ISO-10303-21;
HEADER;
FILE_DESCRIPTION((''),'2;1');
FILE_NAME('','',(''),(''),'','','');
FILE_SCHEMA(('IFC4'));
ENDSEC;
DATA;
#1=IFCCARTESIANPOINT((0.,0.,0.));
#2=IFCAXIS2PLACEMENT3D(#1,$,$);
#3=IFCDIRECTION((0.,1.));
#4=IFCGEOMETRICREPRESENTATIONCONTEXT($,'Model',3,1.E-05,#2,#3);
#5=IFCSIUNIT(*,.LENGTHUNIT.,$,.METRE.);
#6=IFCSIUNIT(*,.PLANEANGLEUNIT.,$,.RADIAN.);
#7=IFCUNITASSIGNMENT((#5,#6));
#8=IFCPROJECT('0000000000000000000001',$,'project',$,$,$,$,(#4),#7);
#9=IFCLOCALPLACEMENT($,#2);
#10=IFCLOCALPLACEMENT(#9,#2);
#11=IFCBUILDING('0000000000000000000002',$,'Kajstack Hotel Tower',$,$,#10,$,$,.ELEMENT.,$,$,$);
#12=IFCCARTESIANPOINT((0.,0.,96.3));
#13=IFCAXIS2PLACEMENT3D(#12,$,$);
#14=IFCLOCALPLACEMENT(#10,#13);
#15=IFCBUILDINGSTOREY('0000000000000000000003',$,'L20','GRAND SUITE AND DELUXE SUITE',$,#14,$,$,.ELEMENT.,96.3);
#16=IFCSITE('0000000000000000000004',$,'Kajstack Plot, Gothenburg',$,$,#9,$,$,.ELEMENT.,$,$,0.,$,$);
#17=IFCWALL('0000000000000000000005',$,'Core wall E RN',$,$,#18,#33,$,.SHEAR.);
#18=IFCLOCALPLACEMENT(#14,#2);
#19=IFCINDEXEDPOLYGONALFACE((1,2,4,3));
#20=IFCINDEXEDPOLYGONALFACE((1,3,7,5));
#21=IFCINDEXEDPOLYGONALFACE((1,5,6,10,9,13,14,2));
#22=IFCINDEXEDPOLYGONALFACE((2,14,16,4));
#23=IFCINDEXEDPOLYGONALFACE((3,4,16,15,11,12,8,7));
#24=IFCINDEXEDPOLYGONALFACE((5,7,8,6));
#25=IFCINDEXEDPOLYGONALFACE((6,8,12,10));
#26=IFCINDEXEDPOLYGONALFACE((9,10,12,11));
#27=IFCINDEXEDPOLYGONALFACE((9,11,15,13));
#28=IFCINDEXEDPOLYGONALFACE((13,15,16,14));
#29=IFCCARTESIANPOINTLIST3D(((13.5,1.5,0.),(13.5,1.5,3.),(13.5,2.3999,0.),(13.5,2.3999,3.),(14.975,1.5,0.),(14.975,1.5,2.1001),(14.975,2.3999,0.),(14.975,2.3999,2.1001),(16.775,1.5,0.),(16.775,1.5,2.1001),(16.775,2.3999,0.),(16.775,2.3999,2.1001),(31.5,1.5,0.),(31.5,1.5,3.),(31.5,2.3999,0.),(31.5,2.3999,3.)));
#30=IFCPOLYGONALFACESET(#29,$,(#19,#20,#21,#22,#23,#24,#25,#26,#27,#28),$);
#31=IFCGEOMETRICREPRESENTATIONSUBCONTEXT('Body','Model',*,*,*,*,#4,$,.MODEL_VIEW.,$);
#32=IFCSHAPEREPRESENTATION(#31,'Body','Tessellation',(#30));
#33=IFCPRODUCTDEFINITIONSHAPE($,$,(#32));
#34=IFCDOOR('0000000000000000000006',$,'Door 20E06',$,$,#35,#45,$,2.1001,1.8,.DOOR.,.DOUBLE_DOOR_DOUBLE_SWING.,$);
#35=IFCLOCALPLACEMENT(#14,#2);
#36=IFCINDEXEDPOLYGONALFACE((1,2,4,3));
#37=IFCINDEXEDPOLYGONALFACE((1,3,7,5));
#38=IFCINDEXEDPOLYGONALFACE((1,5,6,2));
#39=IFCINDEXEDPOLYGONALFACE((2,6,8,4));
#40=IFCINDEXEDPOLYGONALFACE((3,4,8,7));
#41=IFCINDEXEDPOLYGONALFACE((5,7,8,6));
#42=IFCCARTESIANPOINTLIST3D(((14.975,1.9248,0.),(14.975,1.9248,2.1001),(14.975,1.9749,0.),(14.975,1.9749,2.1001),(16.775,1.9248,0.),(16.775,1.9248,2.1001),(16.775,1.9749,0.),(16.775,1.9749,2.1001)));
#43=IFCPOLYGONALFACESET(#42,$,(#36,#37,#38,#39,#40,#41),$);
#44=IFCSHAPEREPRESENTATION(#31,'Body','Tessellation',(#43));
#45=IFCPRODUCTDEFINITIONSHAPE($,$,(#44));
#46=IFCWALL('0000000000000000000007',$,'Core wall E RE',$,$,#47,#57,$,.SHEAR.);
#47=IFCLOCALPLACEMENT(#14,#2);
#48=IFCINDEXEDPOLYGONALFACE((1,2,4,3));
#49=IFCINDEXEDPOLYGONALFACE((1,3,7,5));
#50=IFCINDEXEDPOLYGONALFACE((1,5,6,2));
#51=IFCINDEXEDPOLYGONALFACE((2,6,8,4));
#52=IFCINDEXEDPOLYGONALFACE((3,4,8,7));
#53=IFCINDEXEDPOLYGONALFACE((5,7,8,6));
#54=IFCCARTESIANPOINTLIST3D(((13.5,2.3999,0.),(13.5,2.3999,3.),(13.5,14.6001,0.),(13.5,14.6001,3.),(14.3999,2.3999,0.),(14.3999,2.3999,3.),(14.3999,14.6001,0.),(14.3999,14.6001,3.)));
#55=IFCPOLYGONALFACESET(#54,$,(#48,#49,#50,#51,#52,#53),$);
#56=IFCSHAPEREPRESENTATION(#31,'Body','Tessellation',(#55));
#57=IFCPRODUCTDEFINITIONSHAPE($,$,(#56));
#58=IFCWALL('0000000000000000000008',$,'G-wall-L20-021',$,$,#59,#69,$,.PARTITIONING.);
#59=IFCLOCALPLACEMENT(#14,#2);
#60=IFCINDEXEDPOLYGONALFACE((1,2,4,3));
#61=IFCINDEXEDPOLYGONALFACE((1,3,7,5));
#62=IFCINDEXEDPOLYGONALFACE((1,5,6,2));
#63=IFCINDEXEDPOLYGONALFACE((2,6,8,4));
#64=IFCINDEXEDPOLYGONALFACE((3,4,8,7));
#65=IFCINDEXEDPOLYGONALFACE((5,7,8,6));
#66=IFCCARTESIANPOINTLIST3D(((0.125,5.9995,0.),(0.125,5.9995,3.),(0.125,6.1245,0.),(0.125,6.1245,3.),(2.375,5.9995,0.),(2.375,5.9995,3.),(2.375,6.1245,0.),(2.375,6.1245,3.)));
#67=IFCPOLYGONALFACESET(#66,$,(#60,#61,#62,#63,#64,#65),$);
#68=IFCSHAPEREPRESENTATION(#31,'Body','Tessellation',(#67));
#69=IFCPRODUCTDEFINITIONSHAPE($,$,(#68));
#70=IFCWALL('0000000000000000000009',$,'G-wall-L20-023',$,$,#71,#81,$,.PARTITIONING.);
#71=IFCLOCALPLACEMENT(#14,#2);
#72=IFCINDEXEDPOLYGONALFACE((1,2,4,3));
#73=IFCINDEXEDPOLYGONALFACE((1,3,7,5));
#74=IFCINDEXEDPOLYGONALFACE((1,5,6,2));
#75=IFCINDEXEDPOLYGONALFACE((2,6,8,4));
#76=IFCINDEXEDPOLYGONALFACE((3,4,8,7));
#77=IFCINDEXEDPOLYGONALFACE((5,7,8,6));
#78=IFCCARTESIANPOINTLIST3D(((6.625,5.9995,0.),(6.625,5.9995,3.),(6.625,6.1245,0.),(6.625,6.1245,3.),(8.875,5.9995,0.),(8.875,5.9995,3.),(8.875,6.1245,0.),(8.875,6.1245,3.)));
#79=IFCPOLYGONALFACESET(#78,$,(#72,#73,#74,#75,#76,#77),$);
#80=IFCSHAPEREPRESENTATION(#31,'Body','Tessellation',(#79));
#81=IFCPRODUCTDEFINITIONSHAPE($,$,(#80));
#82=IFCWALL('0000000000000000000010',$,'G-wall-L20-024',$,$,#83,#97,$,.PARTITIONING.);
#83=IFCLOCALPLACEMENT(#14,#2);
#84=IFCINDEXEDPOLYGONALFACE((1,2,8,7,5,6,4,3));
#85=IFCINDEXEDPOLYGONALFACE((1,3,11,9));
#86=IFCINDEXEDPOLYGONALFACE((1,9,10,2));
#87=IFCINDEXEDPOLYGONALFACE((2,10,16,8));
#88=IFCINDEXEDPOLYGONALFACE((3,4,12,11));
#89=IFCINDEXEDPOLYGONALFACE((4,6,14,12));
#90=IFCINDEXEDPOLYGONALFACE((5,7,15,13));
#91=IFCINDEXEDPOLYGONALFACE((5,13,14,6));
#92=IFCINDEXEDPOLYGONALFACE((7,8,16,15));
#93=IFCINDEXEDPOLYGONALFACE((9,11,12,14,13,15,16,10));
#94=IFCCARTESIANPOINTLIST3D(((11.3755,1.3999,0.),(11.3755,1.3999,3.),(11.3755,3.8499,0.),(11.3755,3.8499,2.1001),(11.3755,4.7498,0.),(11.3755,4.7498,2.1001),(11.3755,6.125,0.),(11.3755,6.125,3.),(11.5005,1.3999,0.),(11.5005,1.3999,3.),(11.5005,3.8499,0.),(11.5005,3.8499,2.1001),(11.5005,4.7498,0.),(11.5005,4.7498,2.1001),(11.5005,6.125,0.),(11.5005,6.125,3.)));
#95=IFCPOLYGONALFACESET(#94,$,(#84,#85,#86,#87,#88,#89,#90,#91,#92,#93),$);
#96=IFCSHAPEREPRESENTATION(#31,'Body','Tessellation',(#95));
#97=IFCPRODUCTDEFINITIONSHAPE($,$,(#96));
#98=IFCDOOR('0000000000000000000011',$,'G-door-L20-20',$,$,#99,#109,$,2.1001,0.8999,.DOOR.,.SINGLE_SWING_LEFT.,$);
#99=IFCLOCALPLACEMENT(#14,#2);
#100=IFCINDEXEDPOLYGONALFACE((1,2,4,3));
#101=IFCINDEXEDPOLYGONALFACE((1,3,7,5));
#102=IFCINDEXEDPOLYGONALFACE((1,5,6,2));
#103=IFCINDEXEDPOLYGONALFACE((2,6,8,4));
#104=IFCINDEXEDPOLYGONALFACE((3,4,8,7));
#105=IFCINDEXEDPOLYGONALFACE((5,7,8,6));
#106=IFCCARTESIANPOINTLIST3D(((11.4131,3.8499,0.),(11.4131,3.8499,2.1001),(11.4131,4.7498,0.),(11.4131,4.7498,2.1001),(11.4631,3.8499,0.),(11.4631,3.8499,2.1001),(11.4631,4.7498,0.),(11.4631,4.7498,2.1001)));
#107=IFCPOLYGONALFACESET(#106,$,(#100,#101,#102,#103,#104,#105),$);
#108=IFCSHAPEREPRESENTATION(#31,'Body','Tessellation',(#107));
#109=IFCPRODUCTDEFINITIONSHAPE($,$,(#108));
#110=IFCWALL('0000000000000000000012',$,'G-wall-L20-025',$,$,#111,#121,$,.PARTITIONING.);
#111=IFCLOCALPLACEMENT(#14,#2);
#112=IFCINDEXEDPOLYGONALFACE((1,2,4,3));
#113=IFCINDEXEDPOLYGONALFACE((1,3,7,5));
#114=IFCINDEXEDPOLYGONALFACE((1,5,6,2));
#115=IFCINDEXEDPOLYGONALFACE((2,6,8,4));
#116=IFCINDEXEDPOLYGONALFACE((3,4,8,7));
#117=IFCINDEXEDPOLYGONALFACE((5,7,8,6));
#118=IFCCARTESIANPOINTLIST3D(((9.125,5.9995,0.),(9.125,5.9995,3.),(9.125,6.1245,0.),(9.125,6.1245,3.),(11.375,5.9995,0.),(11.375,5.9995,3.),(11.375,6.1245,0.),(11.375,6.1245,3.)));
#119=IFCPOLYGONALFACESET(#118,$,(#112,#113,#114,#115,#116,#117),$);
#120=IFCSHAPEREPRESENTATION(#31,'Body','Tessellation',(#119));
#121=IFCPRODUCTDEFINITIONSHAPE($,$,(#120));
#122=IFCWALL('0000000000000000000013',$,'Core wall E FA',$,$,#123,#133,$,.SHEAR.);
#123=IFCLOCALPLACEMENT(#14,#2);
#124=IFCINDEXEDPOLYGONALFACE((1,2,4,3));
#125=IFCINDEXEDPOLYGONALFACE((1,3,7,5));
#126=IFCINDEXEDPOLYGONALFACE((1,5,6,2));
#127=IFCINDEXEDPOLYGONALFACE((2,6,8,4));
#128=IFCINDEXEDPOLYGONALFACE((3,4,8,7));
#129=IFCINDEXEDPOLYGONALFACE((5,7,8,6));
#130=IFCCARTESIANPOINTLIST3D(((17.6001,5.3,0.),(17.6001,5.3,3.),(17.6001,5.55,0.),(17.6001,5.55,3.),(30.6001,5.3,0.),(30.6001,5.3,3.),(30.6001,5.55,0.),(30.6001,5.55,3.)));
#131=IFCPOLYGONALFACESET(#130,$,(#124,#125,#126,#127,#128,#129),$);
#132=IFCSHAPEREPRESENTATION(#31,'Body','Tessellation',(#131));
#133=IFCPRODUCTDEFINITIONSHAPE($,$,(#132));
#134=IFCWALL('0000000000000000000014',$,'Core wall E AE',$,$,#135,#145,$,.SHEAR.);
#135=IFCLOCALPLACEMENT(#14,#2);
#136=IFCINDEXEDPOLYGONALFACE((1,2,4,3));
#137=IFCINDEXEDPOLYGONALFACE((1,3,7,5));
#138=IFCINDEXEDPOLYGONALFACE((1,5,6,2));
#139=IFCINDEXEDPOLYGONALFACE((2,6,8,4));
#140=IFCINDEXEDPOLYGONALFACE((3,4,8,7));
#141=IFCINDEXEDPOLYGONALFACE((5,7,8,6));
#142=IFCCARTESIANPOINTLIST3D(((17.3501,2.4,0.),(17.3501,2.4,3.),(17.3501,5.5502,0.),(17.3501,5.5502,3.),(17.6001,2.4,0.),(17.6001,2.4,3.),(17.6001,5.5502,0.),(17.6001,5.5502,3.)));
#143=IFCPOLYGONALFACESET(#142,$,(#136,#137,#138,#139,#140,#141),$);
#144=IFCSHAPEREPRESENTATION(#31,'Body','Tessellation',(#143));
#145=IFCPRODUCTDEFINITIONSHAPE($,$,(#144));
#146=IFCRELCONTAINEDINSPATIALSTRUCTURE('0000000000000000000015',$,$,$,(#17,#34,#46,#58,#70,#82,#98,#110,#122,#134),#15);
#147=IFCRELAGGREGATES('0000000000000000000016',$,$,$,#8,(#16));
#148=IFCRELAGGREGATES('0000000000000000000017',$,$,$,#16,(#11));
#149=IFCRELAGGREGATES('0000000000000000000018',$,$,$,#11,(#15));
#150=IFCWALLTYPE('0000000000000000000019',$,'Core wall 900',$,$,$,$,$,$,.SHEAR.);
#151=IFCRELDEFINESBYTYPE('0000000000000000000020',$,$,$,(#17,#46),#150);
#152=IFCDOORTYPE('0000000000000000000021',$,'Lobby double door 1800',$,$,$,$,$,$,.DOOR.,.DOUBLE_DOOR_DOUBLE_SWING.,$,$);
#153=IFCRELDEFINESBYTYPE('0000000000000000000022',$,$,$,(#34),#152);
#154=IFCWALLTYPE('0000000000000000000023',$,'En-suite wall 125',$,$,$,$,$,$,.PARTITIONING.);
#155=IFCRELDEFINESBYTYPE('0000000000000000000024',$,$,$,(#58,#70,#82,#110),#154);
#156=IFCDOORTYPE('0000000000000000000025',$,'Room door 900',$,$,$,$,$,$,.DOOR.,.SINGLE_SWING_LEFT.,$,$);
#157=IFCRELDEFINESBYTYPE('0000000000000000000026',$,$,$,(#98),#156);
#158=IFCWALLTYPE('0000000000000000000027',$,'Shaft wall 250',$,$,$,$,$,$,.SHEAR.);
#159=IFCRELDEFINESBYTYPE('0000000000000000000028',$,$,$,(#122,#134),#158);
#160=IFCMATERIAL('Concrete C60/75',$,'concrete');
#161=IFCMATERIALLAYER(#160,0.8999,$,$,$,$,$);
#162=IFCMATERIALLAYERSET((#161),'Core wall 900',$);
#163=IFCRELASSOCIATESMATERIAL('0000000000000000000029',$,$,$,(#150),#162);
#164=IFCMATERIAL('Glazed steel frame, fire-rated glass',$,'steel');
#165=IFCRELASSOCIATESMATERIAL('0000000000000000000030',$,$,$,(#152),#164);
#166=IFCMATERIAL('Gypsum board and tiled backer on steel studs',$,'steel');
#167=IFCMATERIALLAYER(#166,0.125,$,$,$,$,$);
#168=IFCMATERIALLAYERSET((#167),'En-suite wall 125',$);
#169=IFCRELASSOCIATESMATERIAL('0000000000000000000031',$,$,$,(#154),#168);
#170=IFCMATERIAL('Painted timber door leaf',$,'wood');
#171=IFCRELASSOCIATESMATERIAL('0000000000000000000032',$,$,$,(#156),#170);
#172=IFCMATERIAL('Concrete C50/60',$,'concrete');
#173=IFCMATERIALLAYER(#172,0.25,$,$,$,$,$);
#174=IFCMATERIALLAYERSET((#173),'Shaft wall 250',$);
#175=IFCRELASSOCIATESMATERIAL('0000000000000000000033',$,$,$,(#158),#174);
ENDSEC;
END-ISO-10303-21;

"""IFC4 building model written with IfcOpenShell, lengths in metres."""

from ifc_helpers import new_model, si_unit, direction, frame, frame_2d, origin, place, context, subcontext, project, spatial, rectangle, extrude, material, layer, layer_set, type_object, element, fill, save


model = new_model("IFC4")

# Units and contexts
model_context = context("Model", 3, precision=1e-05, world=origin(), true_north=direction((0.0, 1.0)))
body_context = subcontext(model_context, "Body", "Model", "MODEL_VIEW")
ifc_project = project(units=[si_unit("LENGTHUNIT", "METRE"), si_unit("PLANEANGLEUNIT", "RADIAN")], contexts=[model_context])

# Site, building, storey
site_placement = place(None, origin())
site = spatial("IfcSite", under=ifc_project, at=site_placement, Name="Kajstack Plot, Gothenburg", CompositionType="ELEMENT", RefElevation=0.0)
building_placement = place(site_placement, origin())
building = spatial("IfcBuilding", under=site, at=building_placement, Name="Kajstack Hotel Tower", CompositionType="ELEMENT")
storey_placement = place(building_placement, frame((0.0, 0.0, 96.3)))
storey = spatial("IfcBuildingStorey", under=building, at=storey_placement, Name="L20", Description="GRAND SUITE AND DELUXE SUITE", CompositionType="ELEMENT", Elevation=96.3)

# Wall, opening, door
ifc_material_1 = material(Name="Concrete C60/75", Category="concrete")
ifc_layer_1 = layer(ifc_material_1, 0.8999)
ifc_layer_set_1 = layer_set([ifc_layer_1], Name="Core wall 900")
wall_type_1 = type_object("IfcWallType", Name="Core wall 900", PredefinedType="SHEAR", material=ifc_layer_set_1)
wall_1_placement = place(storey_placement, frame((13.5, 1.95, 0.0), z_axis=(0.0, 0.0, 1.0), x_axis=(1.0, 0.0, 0.0)))
wall_1 = element("IfcWall", 1, at=wall_1_placement, inside=storey, type_object=wall_type_1, Name="Core wall E RN", PredefinedType="SHEAR", context=body_context, shape_type="SweptSolid", body=[
    extrude(rectangle(XDim=18.0, YDim=0.8999, at=frame_2d((9.0, 0.0))), origin(), (0.0, 0.0, 1.0), 3.0),
])
opening_1_placement = place(wall_1_placement, frame((1.4751, 0.0, 0.0)))
opening_1 = element("IfcOpeningElement", 2, at=opening_1_placement, cuts=wall_1, PredefinedType="OPENING", context=body_context, shape_type="SweptSolid", body=[
    extrude(rectangle(XDim=1.8, YDim=2.1001, at=frame_2d((0.8999, 1.05))), frame((0.0, 0.46, 0.0), z_axis=(0.0, -1.0, 0.0), x_axis=(1.0, 0.0, 0.0)), (0.0, 0.0, 1.0), 0.9199),
])
ifc_material_2 = material(Name="Glazed steel frame, fire-rated glass", Category="steel")
door_type_1 = type_object("IfcDoorType", Name="Lobby double door 1800", OperationType="DOUBLE_DOOR_DOUBLE_SWING", PredefinedType="DOOR", material=ifc_material_2)
door_1_placement = place(opening_1_placement, origin())
door_1 = element("IfcDoor", 3, at=door_1_placement, inside=storey, type_object=door_type_1, Name="Door 20E06", OperationType="DOUBLE_DOOR_DOUBLE_SWING", OverallHeight=2.1001, OverallWidth=1.8, PredefinedType="DOOR", context=body_context, shape_type="SweptSolid", body=[
    extrude(rectangle(XDim=1.8, YDim=2.1001, at=frame_2d((0.8999, 1.05))), frame((0.0, 0.0249, 0.0), z_axis=(0.0, -1.0, 0.0), x_axis=(1.0, 0.0, 0.0)), (0.0, 0.0, 1.0), 0.05),
])
fill(opening_1, door_1)

# Walls
wall_2_placement = place(storey_placement, frame((13.95, 2.3999, 0.0), z_axis=(0.0, 0.0, 1.0), x_axis=(0.0, 1.0, 0.0)))
element("IfcWall", 4, at=wall_2_placement, inside=storey, type_object=wall_type_1, Name="Core wall E RE", PredefinedType="SHEAR", context=body_context, shape_type="SweptSolid", body=[
    extrude(rectangle(XDim=12.2002, YDim=0.8999, at=frame_2d((6.1001, 0.0))), origin(), (0.0, 0.0, 1.0), 3.0),
])
ifc_material_3 = material(Name="Gypsum board and tiled backer on steel studs", Category="steel")
ifc_layer_2 = layer(ifc_material_3, 0.125)
ifc_layer_set_2 = layer_set([ifc_layer_2], Name="En-suite wall 125")
wall_type_2 = type_object("IfcWallType", Name="En-suite wall 125", PredefinedType="PARTITIONING", material=ifc_layer_set_2)
for number, where, z_axis, x_axis, name in (
    (5, (0.125, 6.062, 0.0), (0.0, 0.0, 1.0), (1.0, 0.0, 0.0), "G-wall-L20-021"),
    (6, (6.625, 6.062, 0.0), (0.0, 0.0, 1.0), (1.0, 0.0, 0.0), "G-wall-L20-023"),
):
    element("IfcWall", number, at=place(storey_placement, frame(where, z_axis=z_axis, x_axis=x_axis)), inside=storey, type_object=wall_type_2, Name=name, PredefinedType="PARTITIONING", context=body_context, shape_type="SweptSolid", body=[
        extrude(rectangle(XDim=2.25, YDim=0.125, at=frame_2d((1.125, 0.0))), origin(), (0.0, 0.0, 1.0), 3.0),
    ])

# Wall, opening, door
wall_3_placement = place(storey_placement, frame((11.438, 1.3999, 0.0), z_axis=(0.0, 0.0, 1.0), x_axis=(0.0, 1.0, 0.0)))
wall_3 = element("IfcWall", 7, at=wall_3_placement, inside=storey, type_object=wall_type_2, Name="G-wall-L20-024", PredefinedType="PARTITIONING", context=body_context, shape_type="SweptSolid", body=[
    extrude(rectangle(XDim=4.7251, YDim=0.125, at=frame_2d((2.3625, 0.0))), origin(), (0.0, 0.0, 1.0), 3.0),
])
opening_2_placement = place(wall_3_placement, frame((2.45, 0.0, 0.0)))
opening_2 = element("IfcOpeningElement", 8, at=opening_2_placement, cuts=wall_3, PredefinedType="OPENING", context=body_context, shape_type="SweptSolid", body=[
    extrude(rectangle(XDim=0.8999, YDim=2.1001, at=frame_2d((0.45, 1.05))), frame((0.0, 0.0725, 0.0), z_axis=(0.0, -1.0, 0.0), x_axis=(1.0, 0.0, 0.0)), (0.0, 0.0, 1.0), 0.145),
])
ifc_material_4 = material(Name="Painted timber door leaf", Category="wood")
door_type_2 = type_object("IfcDoorType", Name="Room door 900", OperationType="SINGLE_SWING_LEFT", PredefinedType="DOOR", material=ifc_material_4)
door_2_placement = place(opening_2_placement, origin())
door_2 = element("IfcDoor", 9, at=door_2_placement, inside=storey, type_object=door_type_2, Name="G-door-L20-20", OperationType="SINGLE_SWING_LEFT", OverallHeight=2.1001, OverallWidth=0.8999, PredefinedType="DOOR", context=body_context, shape_type="SweptSolid", body=[
    extrude(rectangle(XDim=0.8999, YDim=2.1001, at=frame_2d((0.45, 1.05))), frame((0.0, 0.0249, 0.0), z_axis=(0.0, -1.0, 0.0), x_axis=(1.0, 0.0, 0.0)), (0.0, 0.0, 1.0), 0.05),
])
fill(opening_2, door_2)

# Walls
wall_4_placement = place(storey_placement, frame((9.125, 6.062, 0.0), z_axis=(0.0, 0.0, 1.0), x_axis=(1.0, 0.0, 0.0)))
element("IfcWall", 10, at=wall_4_placement, inside=storey, type_object=wall_type_2, Name="G-wall-L20-025", PredefinedType="PARTITIONING", context=body_context, shape_type="SweptSolid", body=[
    extrude(rectangle(XDim=2.25, YDim=0.125, at=frame_2d((1.125, 0.0))), origin(), (0.0, 0.0, 1.0), 3.0),
])
ifc_material_5 = material(Name="Concrete C50/60", Category="concrete")
ifc_layer_3 = layer(ifc_material_5, 0.25)
ifc_layer_set_3 = layer_set([ifc_layer_3], Name="Shaft wall 250")
wall_type_3 = type_object("IfcWallType", Name="Shaft wall 250", PredefinedType="SHEAR", material=ifc_layer_set_3)
wall_5_placement = place(storey_placement, frame((17.6001, 5.425, 0.0), z_axis=(0.0, 0.0, 1.0), x_axis=(1.0, 0.0, 0.0)))
element("IfcWall", 11, at=wall_5_placement, inside=storey, type_object=wall_type_3, Name="Core wall E FA", PredefinedType="SHEAR", context=body_context, shape_type="SweptSolid", body=[
    extrude(rectangle(XDim=13.0, YDim=0.25, at=frame_2d((6.5, 0.0))), origin(), (0.0, 0.0, 1.0), 3.0),
])
wall_6_placement = place(storey_placement, frame((17.4751, 2.3999, 0.0), z_axis=(0.0, 0.0, 1.0), x_axis=(0.0, 1.0, 0.0)))
element("IfcWall", 12, at=wall_6_placement, inside=storey, type_object=wall_type_3, Name="Core wall E AE", PredefinedType="SHEAR", context=body_context, shape_type="SweptSolid", body=[
    extrude(rectangle(XDim=3.1501, YDim=0.25, at=frame_2d((1.5752, 0.0))), origin(), (0.0, 0.0, 1.0), 3.0),
])

save(model, "model.ifc")
